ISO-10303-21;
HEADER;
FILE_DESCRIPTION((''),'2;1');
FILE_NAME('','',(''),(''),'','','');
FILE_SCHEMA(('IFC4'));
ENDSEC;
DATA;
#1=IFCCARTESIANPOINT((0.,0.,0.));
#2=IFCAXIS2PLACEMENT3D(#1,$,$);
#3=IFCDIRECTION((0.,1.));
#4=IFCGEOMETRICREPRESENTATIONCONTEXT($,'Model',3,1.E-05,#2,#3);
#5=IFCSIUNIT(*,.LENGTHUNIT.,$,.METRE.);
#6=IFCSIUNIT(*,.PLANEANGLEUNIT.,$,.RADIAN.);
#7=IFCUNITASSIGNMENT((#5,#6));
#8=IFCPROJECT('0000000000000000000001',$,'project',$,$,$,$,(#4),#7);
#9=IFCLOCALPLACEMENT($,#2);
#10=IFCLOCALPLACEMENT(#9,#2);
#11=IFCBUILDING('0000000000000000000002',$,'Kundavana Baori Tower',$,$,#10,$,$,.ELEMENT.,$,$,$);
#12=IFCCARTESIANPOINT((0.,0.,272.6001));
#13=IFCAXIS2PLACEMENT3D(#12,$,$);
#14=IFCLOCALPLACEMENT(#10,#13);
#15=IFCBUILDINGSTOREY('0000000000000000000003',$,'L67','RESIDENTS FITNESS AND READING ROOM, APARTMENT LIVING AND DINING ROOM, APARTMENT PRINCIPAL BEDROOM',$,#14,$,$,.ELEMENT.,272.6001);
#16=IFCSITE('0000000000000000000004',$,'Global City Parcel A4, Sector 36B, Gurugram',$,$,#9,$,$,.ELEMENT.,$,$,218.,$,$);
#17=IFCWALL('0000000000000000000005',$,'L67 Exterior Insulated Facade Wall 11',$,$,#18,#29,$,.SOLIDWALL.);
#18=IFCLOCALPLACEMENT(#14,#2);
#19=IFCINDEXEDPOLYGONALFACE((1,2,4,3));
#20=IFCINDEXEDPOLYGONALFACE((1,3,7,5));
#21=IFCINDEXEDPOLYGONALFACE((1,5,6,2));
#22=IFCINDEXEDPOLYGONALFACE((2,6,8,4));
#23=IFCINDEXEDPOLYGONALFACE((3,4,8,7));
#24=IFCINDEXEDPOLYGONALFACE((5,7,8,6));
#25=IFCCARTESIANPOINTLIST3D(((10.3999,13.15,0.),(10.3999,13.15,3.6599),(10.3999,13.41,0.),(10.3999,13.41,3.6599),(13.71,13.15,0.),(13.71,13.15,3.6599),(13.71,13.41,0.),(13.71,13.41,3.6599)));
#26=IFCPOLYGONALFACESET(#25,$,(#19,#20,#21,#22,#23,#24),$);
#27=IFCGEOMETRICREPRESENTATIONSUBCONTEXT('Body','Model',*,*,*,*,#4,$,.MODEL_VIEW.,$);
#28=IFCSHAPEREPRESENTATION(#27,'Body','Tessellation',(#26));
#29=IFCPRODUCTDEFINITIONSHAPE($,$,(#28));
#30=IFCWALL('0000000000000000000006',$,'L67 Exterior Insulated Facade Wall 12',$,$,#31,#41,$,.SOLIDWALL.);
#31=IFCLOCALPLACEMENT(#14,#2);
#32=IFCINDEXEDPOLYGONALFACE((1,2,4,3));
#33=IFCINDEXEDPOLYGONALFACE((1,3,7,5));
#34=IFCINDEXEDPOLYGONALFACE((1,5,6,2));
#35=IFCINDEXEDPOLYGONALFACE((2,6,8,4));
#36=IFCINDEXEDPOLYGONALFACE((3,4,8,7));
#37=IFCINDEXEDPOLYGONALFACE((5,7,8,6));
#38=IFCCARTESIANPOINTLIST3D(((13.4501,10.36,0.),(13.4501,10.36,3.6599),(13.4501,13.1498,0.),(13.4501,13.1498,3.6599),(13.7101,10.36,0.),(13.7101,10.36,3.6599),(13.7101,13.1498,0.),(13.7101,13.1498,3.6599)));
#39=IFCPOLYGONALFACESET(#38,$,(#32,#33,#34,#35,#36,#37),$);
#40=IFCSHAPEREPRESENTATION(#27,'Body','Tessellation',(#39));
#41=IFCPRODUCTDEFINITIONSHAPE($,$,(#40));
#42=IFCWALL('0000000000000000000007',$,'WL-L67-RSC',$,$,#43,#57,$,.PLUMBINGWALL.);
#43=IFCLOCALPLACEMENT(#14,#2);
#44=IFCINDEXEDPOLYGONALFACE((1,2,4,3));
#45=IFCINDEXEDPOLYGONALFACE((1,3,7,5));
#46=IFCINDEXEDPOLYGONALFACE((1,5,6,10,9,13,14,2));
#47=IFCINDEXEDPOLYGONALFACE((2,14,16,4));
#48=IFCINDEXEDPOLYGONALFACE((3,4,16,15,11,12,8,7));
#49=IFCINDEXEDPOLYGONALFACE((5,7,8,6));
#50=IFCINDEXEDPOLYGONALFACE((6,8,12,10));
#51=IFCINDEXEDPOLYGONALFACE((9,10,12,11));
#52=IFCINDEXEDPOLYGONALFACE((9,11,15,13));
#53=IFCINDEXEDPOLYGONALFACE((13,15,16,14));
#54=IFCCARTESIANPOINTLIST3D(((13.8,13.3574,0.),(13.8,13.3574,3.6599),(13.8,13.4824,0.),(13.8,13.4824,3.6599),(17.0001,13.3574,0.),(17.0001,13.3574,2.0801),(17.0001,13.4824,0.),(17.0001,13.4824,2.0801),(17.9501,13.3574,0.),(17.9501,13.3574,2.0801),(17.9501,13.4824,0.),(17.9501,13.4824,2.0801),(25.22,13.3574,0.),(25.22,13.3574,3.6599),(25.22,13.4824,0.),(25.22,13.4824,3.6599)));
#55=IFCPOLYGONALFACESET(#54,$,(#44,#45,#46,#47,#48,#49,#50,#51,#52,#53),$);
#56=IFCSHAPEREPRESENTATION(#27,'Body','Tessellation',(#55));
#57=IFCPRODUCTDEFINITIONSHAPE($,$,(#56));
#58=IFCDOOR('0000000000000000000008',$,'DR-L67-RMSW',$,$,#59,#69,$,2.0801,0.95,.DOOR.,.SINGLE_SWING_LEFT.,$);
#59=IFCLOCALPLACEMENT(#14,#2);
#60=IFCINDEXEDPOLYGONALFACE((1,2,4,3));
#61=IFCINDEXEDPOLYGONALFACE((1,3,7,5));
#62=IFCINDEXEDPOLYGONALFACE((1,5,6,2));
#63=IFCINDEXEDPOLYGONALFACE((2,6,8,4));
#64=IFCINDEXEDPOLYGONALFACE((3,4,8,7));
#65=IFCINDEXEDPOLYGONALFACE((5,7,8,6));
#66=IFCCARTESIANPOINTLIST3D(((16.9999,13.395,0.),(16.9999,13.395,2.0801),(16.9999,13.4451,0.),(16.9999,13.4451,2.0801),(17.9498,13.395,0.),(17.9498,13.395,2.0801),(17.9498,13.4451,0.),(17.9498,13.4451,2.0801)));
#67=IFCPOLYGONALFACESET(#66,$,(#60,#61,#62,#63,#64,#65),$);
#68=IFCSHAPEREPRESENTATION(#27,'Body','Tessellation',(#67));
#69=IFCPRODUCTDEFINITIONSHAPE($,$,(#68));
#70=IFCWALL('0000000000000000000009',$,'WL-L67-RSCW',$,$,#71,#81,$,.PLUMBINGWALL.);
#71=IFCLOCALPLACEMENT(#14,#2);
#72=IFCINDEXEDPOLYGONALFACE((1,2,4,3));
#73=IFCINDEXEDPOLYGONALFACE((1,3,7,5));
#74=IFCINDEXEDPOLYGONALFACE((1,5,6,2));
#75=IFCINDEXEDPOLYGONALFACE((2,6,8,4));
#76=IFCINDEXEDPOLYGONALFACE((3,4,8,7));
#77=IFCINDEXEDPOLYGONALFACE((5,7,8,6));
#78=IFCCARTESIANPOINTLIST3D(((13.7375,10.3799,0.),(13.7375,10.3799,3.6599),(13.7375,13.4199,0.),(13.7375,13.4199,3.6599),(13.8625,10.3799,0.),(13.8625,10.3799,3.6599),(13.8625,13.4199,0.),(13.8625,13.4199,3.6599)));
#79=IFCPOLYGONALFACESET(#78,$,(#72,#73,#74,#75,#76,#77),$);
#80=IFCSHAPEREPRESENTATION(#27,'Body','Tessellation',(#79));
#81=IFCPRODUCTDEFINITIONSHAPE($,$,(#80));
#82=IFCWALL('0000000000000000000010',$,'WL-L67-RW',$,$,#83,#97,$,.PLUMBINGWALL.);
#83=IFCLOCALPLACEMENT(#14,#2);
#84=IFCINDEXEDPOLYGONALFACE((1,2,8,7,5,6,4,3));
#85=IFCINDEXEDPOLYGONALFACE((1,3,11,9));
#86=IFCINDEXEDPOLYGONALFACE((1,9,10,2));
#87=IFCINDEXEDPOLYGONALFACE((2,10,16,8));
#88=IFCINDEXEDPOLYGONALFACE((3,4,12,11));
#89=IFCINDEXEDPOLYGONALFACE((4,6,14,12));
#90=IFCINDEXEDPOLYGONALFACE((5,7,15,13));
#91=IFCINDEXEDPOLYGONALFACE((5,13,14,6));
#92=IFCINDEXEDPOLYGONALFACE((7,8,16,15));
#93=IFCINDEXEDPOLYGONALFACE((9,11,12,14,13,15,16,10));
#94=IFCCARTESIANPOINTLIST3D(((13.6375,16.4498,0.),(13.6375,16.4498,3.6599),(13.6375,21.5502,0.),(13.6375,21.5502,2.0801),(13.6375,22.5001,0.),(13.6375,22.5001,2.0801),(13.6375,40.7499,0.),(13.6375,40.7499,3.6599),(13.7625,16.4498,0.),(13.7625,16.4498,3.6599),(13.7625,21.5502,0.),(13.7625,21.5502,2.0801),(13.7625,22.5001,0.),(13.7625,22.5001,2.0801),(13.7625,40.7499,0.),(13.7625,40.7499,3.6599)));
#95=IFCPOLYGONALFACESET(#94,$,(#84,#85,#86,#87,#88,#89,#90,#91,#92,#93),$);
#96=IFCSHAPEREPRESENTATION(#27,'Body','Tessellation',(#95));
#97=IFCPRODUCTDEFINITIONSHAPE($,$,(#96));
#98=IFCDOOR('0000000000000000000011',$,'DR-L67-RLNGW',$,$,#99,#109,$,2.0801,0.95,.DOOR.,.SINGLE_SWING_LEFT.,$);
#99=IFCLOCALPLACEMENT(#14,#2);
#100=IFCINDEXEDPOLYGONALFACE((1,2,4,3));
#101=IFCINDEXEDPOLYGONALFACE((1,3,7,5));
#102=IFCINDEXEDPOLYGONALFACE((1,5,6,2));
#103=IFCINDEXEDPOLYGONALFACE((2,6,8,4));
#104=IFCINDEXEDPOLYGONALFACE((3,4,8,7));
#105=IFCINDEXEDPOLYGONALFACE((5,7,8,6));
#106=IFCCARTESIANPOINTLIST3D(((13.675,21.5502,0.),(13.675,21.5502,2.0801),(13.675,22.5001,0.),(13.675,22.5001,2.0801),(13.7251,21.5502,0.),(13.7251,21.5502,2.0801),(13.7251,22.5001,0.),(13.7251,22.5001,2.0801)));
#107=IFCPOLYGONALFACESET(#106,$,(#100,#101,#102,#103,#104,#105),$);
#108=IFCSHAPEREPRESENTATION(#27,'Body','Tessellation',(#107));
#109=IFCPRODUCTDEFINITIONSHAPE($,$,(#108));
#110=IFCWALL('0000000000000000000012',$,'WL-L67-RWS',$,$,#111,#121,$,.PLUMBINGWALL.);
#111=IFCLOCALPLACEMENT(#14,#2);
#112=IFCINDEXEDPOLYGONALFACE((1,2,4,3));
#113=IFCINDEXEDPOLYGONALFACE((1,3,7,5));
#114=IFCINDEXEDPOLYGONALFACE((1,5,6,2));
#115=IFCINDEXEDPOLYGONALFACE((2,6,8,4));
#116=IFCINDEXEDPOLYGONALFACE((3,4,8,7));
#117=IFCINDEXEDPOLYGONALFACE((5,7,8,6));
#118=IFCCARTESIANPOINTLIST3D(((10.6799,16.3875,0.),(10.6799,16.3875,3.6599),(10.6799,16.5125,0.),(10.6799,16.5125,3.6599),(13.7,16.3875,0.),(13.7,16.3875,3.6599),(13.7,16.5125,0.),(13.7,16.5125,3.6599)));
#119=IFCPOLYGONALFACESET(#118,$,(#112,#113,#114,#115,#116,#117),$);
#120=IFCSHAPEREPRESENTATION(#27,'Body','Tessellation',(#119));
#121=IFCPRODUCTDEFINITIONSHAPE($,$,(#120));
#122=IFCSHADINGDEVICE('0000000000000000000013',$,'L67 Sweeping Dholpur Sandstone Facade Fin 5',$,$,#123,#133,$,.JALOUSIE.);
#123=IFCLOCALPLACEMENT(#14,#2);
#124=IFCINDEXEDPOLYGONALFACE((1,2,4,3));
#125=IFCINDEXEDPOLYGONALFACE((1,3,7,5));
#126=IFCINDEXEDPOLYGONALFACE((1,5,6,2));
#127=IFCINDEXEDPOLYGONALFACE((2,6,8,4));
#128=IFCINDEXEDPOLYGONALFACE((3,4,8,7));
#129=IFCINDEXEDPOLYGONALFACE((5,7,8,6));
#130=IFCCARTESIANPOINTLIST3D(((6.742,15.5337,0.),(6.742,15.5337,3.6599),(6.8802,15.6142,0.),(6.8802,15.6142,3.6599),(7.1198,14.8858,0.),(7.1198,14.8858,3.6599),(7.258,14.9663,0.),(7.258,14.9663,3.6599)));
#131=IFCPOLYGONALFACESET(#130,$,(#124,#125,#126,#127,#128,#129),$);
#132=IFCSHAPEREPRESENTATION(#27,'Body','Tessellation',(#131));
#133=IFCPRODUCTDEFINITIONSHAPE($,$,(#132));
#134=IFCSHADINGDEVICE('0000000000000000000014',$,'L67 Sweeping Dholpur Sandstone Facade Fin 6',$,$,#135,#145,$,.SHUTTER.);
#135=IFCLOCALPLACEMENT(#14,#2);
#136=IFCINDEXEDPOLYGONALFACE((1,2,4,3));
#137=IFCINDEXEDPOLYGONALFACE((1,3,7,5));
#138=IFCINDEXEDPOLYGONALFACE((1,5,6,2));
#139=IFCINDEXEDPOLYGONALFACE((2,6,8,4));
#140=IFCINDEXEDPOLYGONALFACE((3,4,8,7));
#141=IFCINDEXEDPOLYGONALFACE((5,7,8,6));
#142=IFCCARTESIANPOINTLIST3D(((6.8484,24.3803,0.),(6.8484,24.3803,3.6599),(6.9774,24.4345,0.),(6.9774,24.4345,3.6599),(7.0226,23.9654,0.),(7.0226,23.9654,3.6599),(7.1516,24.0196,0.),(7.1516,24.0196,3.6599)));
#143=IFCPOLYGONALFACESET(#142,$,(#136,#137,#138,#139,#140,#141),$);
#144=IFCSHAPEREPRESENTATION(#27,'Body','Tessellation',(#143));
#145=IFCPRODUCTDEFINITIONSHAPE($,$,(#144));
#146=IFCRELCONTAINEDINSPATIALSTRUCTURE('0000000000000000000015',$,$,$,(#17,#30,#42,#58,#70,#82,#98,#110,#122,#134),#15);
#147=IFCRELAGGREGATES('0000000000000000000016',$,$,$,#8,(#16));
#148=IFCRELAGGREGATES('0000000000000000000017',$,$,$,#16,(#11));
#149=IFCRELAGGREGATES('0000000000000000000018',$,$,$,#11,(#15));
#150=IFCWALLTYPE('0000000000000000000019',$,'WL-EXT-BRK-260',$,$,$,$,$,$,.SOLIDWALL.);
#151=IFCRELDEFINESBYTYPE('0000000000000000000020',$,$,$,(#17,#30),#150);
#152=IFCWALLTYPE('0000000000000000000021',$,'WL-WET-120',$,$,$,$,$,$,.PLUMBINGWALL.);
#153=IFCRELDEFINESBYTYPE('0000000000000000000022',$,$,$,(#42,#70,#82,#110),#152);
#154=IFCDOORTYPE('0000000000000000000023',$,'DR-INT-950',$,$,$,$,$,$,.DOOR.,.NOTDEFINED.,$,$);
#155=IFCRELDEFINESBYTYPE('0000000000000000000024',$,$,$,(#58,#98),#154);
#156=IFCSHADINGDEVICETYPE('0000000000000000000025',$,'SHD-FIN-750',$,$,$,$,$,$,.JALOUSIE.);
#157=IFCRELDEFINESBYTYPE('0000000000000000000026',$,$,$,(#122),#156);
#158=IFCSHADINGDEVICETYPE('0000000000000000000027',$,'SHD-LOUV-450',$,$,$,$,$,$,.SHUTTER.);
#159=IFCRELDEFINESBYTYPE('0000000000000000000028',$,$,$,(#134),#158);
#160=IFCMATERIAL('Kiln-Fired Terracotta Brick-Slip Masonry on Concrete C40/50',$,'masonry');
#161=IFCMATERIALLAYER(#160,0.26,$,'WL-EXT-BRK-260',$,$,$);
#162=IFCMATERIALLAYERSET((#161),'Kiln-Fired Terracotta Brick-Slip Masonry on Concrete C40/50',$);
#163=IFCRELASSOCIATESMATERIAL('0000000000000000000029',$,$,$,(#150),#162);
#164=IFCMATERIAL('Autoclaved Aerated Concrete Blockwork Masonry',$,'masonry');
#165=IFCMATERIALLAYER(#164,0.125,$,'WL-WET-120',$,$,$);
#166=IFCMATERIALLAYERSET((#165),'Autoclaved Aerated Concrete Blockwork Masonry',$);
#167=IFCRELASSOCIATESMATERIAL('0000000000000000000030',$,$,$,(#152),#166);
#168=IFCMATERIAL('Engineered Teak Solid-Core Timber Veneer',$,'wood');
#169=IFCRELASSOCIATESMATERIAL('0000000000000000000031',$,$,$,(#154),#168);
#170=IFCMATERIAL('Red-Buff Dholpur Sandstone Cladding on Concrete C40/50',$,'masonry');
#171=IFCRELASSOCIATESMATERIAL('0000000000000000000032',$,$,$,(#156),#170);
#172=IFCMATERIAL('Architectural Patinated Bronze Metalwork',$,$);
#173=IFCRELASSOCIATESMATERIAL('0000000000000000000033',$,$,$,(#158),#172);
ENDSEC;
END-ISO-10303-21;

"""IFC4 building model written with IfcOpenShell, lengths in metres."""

from ifc_helpers import new_model, si_unit, direction, frame, frame_2d, origin, origin_2d, place, context, subcontext, project, spatial, rectangle, extrude, material, layer, layer_set, type_object, element, fill, save


model = new_model("IFC4")

# Units and contexts
model_context = context("Model", 3, precision=1e-05, world=origin(), true_north=direction((0.0, 1.0)))
body_context = subcontext(model_context, "Body", "Model", "MODEL_VIEW")
ifc_project = project(units=[si_unit("LENGTHUNIT", "METRE"), si_unit("PLANEANGLEUNIT", "RADIAN")], contexts=[model_context])

# Site, building, storey
site_placement = place(None, origin())
site = spatial("IfcSite", under=ifc_project, at=site_placement, Name="Global City Parcel A4, Sector 36B, Gurugram", CompositionType="ELEMENT", RefElevation=218.0)
building_placement = place(site_placement, origin())
building = spatial("IfcBuilding", under=site, at=building_placement, Name="Kundavana Baori Tower", CompositionType="ELEMENT")
storey_placement = place(building_placement, frame((0.0, 0.0, 272.6001)))
storey = spatial("IfcBuildingStorey", under=building, at=storey_placement, Name="L67", Description="RESIDENTS FITNESS AND READING ROOM, APARTMENT LIVING AND DINING ROOM, APARTMENT PRINCIPAL BEDROOM", CompositionType="ELEMENT", Elevation=272.6001)

# Shared definitions
ifc_material_1 = material(Name="Kiln-Fired Terracotta Brick-Slip Masonry on Concrete C40/50", Category="masonry")
ifc_layer_1 = layer(ifc_material_1, 0.26, Name="WL-EXT-BRK-260")
ifc_layer_set_1 = layer_set([ifc_layer_1], Name="Kiln-Fired Terracotta Brick-Slip Masonry on Concrete C40/50")
wall_type_1 = type_object("IfcWallType", Name="WL-EXT-BRK-260", PredefinedType="SOLIDWALL", material=ifc_layer_set_1)

# Walls
wall_1_placement = place(storey_placement, frame((10.3999, 13.28, 0.0), z_axis=(0.0, 0.0, 1.0), x_axis=(1.0, 0.0, 0.0)))
element("IfcWall", 1, at=wall_1_placement, inside=storey, type_object=wall_type_1, Name="L67 Exterior Insulated Facade Wall 11", PredefinedType="SOLIDWALL", context=body_context, shape_type="SweptSolid", body=[
    extrude(rectangle(XDim=3.3101, YDim=0.26, at=frame_2d((1.655, 0.0))), origin(), (0.0, 0.0, 1.0), 3.6599),
])
wall_2_placement = place(storey_placement, frame((13.5801, 13.1499, 0.0), z_axis=(0.0, 0.0, 1.0), x_axis=(0.0, -1.0, 0.0)))
element("IfcWall", 2, at=wall_2_placement, inside=storey, type_object=wall_type_1, Name="L67 Exterior Insulated Facade Wall 12", PredefinedType="SOLIDWALL", context=body_context, shape_type="SweptSolid", body=[
    extrude(rectangle(XDim=2.7898, YDim=0.26, at=frame_2d((1.395, 0.0))), origin(), (0.0, 0.0, 1.0), 3.6599),
])

# Wall, opening, door
ifc_material_2 = material(Name="Autoclaved Aerated Concrete Blockwork Masonry", Category="masonry")
ifc_layer_2 = layer(ifc_material_2, 0.125, Name="WL-WET-120")
ifc_layer_set_2 = layer_set([ifc_layer_2], Name="Autoclaved Aerated Concrete Blockwork Masonry")
wall_type_2 = type_object("IfcWallType", Name="WL-WET-120", PredefinedType="PLUMBINGWALL", material=ifc_layer_set_2)
wall_3_placement = place(storey_placement, frame((13.8, 13.4199, 0.0), z_axis=(0.0, 0.0, 1.0), x_axis=(1.0, 0.0, 0.0)))
wall_3 = element("IfcWall", 3, at=wall_3_placement, inside=storey, type_object=wall_type_2, Name="WL-L67-RSC", PredefinedType="PLUMBINGWALL", context=body_context, shape_type="SweptSolid", body=[
    extrude(rectangle(XDim=11.4199, YDim=0.125, at=frame_2d((5.71, 0.0))), origin(), (0.0, 0.0, 1.0), 3.6599),
])
opening_1_placement = place(wall_3_placement, frame((3.2, 0.0, 0.0)))
opening_1 = element("IfcOpeningElement", 4, at=opening_1_placement, cuts=wall_3, PredefinedType="OPENING", context=body_context, shape_type="SweptSolid", body=[
    extrude(rectangle(XDim=0.95, YDim=2.0801, at=frame_2d((0.4751, 1.04))), frame((0.0, 0.0725, 0.0), z_axis=(0.0, -1.0, 0.0), x_axis=(1.0, 0.0, 0.0)), (0.0, 0.0, 1.0), 0.145),
])
ifc_material_3 = material(Name="Engineered Teak Solid-Core Timber Veneer", Category="wood")
door_type_1 = type_object("IfcDoorType", Name="DR-INT-950", OperationType="NOTDEFINED", PredefinedType="DOOR", material=ifc_material_3)
door_1_placement = place(opening_1_placement, frame((0.95, 0.0, 0.0), z_axis=(0.0, 0.0, 1.0), x_axis=(-1.0, 0.0, 0.0)))
door_1 = element("IfcDoor", 5, at=door_1_placement, inside=storey, type_object=door_type_1, Name="DR-L67-RMSW", OperationType="SINGLE_SWING_LEFT", OverallHeight=2.0801, OverallWidth=0.95, PredefinedType="DOOR", context=body_context, shape_type="SweptSolid", body=[
    extrude(rectangle(XDim=0.95, YDim=2.0801, at=frame_2d((0.4751, 1.04))), frame((0.0, 0.0249, 0.0), z_axis=(0.0, -1.0, 0.0), x_axis=(1.0, 0.0, 0.0)), (0.0, 0.0, 1.0), 0.05),
])
fill(opening_1, door_1)

# Wall
wall_4_placement = place(storey_placement, frame((13.8, 10.3799, 0.0), z_axis=(0.0, 0.0, 1.0), x_axis=(0.0, 1.0, 0.0)))
element("IfcWall", 6, at=wall_4_placement, inside=storey, type_object=wall_type_2, Name="WL-L67-RSCW", PredefinedType="PLUMBINGWALL", context=body_context, shape_type="SweptSolid", body=[
    extrude(rectangle(XDim=3.04, YDim=0.125, at=frame_2d((1.52, 0.0))), origin(), (0.0, 0.0, 1.0), 3.6599),
])

# Wall, opening, door
wall_5_placement = place(storey_placement, frame((13.7, 16.45, 0.0), z_axis=(0.0, 0.0, 1.0), x_axis=(0.0, 1.0, 0.0)))
wall_5 = element("IfcWall", 7, at=wall_5_placement, inside=storey, type_object=wall_type_2, Name="WL-L67-RW", PredefinedType="PLUMBINGWALL", context=body_context, shape_type="SweptSolid", body=[
    extrude(rectangle(XDim=24.3, YDim=0.125, at=frame_2d((12.1499, 0.0))), origin(), (0.0, 0.0, 1.0), 3.6599),
])
opening_2_placement = place(wall_5_placement, frame((5.1001, 0.0, 0.0)))
opening_2 = element("IfcOpeningElement", 8, at=opening_2_placement, cuts=wall_5, PredefinedType="OPENING", context=body_context, shape_type="SweptSolid", body=[
    extrude(rectangle(XDim=0.95, YDim=2.0801, at=frame_2d((0.4751, 1.04))), frame((0.0, 0.0725, 0.0), z_axis=(0.0, -1.0, 0.0), x_axis=(1.0, 0.0, 0.0)), (0.0, 0.0, 1.0), 0.145),
])
door_2_placement = place(opening_2_placement, origin())
door_2 = element("IfcDoor", 9, at=door_2_placement, inside=storey, type_object=door_type_1, Name="DR-L67-RLNGW", OperationType="SINGLE_SWING_LEFT", OverallHeight=2.0801, OverallWidth=0.95, PredefinedType="DOOR", context=body_context, shape_type="SweptSolid", body=[
    extrude(rectangle(XDim=0.95, YDim=2.0801, at=frame_2d((0.4751, 1.04))), frame((0.0, 0.0249, 0.0), z_axis=(0.0, -1.0, 0.0), x_axis=(1.0, 0.0, 0.0)), (0.0, 0.0, 1.0), 0.05),
])
fill(opening_2, door_2)

# Wall
wall_6_placement = place(storey_placement, frame((10.6799, 16.45, 0.0), z_axis=(0.0, 0.0, 1.0), x_axis=(1.0, 0.0, 0.0)))
element("IfcWall", 10, at=wall_6_placement, inside=storey, type_object=wall_type_2, Name="WL-L67-RWS", PredefinedType="PLUMBINGWALL", context=body_context, shape_type="SweptSolid", body=[
    extrude(rectangle(XDim=3.02, YDim=0.125, at=frame_2d((1.51, 0.0))), origin(), (0.0, 0.0, 1.0), 3.6599),
])

# Shading devices
ifc_material_4 = material(Name="Red-Buff Dholpur Sandstone Cladding on Concrete C40/50", Category="masonry")
shading_device_type_1 = type_object("IfcShadingDeviceType", Name="SHD-FIN-750", PredefinedType="JALOUSIE", material=ifc_material_4)
shading_device_1_placement = place(storey_placement, frame((7.0, 15.25, 0.0), z_axis=(0.0, 0.0, 1.0), x_axis=(0.863836, 0.503774, 0.0)))
element("IfcShadingDevice", 11, at=shading_device_1_placement, inside=storey, type_object=shading_device_type_1, Name="L67 Sweeping Dholpur Sandstone Facade Fin 5", PredefinedType="JALOUSIE", context=body_context, shape_type="SweptSolid", body=[
    extrude(rectangle(XDim=0.1599, YDim=0.75, at=origin_2d()), origin(), (0.0, 0.0, 1.0), 3.6599),
])
ifc_material_5 = material(Name="Architectural Patinated Bronze Metalwork")
shading_device_type_2 = type_object("IfcShadingDeviceType", Name="SHD-LOUV-450", PredefinedType="SHUTTER", material=ifc_material_5)
shading_device_2_placement = place(storey_placement, frame((7.0, 24.2, 0.0), z_axis=(0.0, 0.0, 1.0), x_axis=(0.922066, 0.387033, 0.0)))
element("IfcShadingDevice", 12, at=shading_device_2_placement, inside=storey, type_object=shading_device_type_2, Name="L67 Sweeping Dholpur Sandstone Facade Fin 6", PredefinedType="SHUTTER", context=body_context, shape_type="SweptSolid", body=[
    extrude(rectangle(XDim=0.1399, YDim=0.45, at=origin_2d()), origin(), (0.0, 0.0, 1.0), 3.6599),
])

save(model, "model.ifc")
